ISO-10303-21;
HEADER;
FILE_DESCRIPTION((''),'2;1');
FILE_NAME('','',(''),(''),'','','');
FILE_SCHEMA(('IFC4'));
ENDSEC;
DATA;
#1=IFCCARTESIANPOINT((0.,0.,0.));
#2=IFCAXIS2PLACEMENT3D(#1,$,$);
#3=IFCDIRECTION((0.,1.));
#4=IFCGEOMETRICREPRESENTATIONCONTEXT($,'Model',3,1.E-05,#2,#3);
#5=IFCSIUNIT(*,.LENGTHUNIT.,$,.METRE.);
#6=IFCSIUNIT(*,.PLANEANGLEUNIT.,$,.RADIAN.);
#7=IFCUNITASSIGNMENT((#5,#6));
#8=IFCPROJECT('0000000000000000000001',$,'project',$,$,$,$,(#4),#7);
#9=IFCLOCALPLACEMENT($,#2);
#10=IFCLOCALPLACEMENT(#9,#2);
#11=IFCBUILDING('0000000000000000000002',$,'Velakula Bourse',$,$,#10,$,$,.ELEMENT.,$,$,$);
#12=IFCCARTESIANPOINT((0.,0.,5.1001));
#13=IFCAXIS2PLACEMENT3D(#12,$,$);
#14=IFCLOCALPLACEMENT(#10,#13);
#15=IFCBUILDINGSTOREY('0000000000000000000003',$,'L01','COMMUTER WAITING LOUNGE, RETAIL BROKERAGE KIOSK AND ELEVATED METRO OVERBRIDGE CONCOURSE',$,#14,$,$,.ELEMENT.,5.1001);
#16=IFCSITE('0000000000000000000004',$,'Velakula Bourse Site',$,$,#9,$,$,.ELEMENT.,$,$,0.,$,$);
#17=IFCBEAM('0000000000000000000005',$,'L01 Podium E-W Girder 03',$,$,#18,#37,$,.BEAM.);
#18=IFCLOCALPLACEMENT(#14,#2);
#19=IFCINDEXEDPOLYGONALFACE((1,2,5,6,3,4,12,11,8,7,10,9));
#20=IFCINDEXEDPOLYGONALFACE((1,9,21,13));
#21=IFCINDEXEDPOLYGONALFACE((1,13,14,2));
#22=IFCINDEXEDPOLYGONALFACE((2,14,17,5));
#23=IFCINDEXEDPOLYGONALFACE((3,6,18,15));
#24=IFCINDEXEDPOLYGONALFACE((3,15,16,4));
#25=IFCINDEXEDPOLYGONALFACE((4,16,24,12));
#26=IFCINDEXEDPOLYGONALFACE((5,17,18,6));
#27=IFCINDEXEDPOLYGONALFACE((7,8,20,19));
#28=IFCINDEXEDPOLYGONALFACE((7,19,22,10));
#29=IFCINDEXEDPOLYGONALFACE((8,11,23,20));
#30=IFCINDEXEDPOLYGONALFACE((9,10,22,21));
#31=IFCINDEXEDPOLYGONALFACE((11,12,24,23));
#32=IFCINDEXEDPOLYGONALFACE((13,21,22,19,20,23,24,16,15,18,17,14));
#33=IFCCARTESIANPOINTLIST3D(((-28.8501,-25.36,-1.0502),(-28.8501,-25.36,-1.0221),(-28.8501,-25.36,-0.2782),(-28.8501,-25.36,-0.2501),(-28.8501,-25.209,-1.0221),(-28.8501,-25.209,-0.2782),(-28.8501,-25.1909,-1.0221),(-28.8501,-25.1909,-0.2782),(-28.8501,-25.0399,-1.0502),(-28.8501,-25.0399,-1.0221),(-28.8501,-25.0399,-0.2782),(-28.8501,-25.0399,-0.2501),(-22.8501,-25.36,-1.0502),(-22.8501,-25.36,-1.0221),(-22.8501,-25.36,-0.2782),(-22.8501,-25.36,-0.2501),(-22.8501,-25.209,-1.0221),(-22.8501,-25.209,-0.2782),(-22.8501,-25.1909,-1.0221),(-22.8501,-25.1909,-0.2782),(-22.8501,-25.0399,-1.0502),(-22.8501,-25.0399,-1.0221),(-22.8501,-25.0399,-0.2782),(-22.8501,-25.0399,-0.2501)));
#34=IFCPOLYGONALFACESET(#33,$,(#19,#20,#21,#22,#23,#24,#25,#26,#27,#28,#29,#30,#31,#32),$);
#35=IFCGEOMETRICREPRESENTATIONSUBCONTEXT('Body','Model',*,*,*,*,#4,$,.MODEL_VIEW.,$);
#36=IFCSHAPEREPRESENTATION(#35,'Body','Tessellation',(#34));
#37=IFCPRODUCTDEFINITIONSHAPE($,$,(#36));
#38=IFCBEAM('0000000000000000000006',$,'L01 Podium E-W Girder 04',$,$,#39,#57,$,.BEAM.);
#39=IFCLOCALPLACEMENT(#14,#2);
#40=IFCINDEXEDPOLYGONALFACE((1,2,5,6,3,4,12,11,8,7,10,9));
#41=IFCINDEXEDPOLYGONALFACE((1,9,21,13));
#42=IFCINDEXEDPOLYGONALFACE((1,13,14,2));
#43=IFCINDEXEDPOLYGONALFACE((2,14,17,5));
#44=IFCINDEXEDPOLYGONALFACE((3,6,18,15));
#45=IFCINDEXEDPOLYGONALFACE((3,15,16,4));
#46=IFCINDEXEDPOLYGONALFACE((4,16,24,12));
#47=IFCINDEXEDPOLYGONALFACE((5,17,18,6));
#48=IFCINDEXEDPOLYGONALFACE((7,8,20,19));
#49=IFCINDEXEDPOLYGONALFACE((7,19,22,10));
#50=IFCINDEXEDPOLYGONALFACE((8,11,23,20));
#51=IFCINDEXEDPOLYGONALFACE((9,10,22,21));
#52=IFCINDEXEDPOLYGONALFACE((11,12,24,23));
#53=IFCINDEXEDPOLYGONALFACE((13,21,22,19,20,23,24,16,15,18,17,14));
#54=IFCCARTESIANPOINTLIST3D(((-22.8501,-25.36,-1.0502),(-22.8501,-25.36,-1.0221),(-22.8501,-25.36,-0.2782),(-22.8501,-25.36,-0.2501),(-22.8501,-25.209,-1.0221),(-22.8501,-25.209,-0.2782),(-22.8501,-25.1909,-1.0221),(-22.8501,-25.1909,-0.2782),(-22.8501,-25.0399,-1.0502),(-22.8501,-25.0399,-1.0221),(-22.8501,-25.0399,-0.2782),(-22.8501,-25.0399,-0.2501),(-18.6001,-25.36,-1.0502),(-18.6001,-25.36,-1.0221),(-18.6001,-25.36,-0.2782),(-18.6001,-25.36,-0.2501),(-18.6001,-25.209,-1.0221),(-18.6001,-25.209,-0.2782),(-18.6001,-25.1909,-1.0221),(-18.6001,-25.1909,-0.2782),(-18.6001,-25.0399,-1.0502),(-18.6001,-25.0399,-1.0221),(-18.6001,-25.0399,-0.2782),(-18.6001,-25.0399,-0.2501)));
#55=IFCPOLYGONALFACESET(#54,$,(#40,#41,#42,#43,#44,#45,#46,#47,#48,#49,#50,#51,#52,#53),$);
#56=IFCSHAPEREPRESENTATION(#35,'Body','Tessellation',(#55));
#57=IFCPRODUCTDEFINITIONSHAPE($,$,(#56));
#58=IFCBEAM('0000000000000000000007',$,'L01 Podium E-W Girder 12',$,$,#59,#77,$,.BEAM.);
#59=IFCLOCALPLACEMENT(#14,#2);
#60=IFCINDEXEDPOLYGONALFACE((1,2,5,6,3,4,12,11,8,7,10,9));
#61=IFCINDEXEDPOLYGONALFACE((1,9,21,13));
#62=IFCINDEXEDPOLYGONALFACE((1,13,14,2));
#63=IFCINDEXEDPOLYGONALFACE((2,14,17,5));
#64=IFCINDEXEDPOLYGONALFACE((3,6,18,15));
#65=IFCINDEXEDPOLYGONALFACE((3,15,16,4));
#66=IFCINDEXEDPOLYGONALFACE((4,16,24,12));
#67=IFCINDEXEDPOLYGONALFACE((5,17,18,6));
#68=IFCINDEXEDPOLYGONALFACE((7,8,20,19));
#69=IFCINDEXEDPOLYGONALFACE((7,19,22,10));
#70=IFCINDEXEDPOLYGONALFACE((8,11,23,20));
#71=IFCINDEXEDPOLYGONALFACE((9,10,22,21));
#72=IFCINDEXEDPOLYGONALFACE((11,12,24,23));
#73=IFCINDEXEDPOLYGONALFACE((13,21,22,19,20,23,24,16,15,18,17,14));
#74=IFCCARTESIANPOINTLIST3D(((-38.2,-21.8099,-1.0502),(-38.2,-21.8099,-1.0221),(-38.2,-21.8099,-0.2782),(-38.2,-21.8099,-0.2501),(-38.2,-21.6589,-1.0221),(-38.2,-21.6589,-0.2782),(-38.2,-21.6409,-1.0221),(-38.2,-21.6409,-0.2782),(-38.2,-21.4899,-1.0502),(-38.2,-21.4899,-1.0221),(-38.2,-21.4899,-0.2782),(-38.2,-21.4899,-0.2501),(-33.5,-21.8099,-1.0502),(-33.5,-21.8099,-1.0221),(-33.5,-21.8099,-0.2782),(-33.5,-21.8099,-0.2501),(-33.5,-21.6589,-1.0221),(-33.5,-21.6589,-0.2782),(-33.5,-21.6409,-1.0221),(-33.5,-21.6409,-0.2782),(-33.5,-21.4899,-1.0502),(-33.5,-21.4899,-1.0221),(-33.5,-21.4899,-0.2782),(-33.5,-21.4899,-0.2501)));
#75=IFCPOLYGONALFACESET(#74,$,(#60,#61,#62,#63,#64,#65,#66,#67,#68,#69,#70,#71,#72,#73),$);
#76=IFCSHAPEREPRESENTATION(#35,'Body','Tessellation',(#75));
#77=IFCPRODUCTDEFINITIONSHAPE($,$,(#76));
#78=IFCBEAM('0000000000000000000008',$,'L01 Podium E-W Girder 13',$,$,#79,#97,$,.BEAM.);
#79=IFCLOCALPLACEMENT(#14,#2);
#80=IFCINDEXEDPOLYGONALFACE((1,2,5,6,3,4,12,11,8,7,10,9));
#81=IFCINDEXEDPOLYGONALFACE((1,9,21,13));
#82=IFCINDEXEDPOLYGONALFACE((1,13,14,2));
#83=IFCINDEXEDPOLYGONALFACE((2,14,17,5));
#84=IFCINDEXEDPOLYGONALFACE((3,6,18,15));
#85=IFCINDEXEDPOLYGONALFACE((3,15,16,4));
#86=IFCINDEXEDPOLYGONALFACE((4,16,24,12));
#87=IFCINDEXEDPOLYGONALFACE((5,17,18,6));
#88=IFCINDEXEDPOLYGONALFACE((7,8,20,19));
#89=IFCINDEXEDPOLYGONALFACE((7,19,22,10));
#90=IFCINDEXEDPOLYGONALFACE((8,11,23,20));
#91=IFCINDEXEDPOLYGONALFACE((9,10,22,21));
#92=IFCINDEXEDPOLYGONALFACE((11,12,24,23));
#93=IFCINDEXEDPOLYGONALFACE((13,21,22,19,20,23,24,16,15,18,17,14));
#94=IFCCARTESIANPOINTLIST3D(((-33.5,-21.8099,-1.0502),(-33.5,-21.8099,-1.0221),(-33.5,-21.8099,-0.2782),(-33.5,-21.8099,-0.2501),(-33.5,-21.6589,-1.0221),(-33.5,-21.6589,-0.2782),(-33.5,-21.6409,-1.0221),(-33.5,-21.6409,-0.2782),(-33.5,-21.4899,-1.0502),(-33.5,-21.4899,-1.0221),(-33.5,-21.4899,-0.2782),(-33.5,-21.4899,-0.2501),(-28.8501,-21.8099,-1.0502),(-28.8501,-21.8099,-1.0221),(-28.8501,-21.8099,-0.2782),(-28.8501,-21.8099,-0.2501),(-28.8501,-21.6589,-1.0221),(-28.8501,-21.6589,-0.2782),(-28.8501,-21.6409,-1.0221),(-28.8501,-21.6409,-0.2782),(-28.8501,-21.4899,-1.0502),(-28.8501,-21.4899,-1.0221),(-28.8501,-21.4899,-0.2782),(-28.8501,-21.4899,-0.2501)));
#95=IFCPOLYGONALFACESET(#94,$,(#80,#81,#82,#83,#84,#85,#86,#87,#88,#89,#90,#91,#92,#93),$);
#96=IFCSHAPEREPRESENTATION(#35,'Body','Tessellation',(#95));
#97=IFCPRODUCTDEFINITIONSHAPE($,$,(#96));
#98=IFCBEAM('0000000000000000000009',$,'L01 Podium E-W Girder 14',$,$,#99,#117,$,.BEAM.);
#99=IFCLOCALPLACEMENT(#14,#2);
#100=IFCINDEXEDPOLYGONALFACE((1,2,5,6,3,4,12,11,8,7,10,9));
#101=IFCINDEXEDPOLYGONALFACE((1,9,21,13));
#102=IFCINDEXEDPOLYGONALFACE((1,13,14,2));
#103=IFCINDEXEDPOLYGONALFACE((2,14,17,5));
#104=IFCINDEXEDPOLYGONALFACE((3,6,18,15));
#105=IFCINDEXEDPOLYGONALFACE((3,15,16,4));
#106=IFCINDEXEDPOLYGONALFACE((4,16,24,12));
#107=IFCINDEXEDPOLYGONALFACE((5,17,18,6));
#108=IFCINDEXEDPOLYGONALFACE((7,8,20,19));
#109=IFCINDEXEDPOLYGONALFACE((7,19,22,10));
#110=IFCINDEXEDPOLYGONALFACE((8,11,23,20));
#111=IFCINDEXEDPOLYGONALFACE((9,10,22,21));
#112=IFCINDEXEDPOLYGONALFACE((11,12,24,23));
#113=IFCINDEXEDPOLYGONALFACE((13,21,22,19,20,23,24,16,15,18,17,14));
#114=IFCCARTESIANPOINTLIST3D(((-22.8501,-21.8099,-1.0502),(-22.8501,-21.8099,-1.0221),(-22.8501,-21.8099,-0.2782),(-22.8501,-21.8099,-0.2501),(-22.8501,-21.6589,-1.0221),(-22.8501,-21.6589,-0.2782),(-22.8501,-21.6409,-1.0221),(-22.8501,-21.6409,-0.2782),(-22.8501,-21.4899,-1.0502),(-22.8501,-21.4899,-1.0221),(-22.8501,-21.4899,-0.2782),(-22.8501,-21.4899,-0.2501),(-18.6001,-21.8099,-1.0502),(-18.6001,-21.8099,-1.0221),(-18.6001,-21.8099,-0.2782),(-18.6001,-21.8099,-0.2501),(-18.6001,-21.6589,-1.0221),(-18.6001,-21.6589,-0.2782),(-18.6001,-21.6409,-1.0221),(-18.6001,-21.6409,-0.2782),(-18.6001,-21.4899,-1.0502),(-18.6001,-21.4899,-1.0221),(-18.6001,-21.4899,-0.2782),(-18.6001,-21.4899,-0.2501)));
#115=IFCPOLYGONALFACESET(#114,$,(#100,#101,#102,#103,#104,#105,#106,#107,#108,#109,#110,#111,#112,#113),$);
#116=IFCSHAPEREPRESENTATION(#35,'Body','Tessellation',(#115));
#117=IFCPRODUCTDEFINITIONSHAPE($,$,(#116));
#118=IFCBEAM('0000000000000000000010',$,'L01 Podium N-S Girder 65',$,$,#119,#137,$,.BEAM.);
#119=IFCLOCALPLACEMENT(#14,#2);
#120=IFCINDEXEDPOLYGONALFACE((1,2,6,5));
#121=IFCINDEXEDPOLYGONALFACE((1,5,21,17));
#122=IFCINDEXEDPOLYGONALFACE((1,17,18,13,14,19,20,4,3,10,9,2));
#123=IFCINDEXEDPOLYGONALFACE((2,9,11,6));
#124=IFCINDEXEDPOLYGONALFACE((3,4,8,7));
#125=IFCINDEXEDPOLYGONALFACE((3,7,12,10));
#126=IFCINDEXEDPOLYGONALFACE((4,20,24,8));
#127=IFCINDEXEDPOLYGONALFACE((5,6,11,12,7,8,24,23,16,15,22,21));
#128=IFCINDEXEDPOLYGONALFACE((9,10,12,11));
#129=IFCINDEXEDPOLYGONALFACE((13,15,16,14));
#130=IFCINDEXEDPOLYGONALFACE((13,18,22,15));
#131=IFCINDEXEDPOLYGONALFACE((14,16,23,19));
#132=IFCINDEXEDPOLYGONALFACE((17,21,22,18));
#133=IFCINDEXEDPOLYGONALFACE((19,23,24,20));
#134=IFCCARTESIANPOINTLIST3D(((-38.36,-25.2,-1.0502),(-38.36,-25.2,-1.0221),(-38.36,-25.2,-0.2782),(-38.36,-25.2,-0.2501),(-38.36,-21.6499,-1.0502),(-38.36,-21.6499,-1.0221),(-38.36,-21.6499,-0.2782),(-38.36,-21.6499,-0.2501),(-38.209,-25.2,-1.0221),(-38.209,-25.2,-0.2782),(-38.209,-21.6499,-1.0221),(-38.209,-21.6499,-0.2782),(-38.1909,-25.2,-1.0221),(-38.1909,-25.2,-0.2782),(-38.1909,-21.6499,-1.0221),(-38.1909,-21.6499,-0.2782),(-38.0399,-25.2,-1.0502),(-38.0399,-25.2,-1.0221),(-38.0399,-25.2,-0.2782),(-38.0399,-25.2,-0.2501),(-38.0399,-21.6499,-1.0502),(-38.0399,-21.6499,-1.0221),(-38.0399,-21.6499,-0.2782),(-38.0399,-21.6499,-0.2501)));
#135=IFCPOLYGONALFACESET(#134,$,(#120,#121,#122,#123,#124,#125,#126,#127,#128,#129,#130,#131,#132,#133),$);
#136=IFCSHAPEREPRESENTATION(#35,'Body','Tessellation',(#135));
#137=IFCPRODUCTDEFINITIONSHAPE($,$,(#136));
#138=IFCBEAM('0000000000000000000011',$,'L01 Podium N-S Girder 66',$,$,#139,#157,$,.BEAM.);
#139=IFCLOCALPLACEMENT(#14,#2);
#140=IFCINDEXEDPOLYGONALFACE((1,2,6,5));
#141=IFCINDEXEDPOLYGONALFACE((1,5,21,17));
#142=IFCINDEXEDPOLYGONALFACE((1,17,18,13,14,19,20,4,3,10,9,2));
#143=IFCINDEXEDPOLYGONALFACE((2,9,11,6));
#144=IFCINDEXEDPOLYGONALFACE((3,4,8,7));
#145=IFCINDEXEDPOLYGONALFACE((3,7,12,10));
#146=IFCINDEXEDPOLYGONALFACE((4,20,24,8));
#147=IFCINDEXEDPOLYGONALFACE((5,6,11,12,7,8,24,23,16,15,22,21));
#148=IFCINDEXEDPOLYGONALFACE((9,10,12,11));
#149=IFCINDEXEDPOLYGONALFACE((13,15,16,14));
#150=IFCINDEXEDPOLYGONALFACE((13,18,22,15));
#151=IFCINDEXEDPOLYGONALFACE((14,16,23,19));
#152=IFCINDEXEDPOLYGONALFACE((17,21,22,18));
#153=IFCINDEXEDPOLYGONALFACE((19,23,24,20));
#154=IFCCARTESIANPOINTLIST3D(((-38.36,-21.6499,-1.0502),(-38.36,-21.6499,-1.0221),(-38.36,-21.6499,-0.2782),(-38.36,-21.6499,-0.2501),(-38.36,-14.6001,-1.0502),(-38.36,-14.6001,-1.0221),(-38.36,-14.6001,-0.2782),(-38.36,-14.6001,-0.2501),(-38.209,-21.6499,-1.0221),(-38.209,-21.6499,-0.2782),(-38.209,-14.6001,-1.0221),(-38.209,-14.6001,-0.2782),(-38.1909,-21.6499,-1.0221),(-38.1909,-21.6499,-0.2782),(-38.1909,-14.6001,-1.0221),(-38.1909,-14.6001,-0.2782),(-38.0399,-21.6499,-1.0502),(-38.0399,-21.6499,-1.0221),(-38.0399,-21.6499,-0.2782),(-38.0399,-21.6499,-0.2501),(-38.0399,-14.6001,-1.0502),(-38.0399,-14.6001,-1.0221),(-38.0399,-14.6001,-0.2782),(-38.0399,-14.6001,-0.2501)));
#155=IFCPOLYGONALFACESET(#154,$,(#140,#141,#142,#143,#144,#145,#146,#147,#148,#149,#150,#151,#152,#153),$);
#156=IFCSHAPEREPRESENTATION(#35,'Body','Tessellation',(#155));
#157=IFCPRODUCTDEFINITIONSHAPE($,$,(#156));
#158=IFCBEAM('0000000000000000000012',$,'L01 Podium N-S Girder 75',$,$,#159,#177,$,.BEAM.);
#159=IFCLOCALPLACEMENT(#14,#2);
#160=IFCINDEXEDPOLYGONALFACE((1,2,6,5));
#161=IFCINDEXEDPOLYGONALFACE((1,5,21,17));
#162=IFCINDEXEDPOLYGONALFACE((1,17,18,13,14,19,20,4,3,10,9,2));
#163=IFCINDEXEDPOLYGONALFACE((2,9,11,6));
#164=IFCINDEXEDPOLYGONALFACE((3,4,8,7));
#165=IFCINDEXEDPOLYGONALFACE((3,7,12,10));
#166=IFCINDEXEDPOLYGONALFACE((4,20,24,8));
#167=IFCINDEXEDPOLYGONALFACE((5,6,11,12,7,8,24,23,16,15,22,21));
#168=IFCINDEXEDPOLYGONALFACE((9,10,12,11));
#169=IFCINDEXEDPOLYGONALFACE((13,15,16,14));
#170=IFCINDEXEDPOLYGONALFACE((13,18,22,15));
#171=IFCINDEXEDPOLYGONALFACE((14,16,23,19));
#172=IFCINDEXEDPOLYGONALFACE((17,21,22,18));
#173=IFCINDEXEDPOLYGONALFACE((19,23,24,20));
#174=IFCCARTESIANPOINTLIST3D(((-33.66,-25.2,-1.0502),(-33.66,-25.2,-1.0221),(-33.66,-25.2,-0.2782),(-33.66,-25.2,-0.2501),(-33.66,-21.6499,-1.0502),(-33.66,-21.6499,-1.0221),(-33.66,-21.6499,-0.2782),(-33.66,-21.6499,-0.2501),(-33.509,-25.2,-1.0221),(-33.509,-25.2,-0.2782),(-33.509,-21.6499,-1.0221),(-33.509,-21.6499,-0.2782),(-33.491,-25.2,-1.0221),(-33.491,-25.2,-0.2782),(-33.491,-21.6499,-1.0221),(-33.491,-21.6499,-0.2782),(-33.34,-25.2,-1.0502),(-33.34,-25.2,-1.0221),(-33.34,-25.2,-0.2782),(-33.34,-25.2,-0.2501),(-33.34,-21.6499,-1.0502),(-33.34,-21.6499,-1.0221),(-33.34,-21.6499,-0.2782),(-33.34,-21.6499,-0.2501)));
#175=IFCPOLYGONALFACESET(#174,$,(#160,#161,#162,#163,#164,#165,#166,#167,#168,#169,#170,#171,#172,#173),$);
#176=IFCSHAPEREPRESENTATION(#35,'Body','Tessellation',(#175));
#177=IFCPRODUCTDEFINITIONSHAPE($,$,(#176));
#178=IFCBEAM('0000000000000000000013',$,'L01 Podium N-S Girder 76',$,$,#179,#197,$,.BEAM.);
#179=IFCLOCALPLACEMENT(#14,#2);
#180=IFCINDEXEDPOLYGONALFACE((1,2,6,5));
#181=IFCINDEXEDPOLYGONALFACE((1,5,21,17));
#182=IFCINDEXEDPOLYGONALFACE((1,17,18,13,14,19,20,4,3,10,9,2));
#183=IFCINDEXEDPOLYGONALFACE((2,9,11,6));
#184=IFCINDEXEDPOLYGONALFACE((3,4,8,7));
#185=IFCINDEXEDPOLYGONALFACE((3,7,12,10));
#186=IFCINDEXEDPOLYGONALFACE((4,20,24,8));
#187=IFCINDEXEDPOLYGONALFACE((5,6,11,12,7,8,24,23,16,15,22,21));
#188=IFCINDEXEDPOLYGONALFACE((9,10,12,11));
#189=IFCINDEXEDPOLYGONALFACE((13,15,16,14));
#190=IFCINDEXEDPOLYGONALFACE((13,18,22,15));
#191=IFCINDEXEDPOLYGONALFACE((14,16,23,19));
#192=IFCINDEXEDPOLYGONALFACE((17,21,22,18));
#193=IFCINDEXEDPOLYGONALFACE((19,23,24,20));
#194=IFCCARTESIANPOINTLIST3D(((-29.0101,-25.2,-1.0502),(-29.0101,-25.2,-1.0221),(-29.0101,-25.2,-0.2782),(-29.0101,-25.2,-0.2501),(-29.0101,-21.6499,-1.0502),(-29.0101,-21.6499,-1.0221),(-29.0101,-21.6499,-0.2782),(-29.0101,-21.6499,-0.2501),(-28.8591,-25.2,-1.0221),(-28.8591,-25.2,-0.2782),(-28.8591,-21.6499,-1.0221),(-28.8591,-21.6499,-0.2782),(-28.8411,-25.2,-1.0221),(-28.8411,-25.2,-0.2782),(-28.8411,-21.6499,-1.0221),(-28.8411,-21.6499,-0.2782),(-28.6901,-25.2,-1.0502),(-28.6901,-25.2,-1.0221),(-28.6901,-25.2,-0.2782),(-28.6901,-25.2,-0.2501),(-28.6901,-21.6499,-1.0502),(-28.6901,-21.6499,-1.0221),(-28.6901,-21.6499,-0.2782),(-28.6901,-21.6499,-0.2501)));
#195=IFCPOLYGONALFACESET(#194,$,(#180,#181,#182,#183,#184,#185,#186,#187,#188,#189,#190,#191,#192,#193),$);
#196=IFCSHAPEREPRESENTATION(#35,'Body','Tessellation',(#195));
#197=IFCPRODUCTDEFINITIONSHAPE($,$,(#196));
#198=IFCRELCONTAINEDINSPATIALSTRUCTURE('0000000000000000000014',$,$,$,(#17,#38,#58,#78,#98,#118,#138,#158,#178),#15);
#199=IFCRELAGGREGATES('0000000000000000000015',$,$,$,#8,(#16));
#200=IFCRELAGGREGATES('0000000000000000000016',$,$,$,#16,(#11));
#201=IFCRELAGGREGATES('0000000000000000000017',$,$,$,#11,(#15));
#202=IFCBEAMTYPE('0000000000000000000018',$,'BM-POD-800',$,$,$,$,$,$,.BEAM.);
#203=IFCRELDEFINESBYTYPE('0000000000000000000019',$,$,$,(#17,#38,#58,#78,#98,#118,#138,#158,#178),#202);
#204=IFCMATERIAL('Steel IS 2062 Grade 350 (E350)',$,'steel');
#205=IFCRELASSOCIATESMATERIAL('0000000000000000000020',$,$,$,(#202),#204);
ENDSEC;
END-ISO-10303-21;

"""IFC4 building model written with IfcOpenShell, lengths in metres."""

from ifc_helpers import new_model, si_unit, direction, frame, origin, origin_2d, place, context, subcontext, project, spatial, i_section, extrude, material, material_profile, profile_set, type_object, element, save


model = new_model("IFC4")

# Units and contexts
model_context = context("Model", 3, precision=1e-05, world=origin(), true_north=direction((0.0, 1.0)))
body_context = subcontext(model_context, "Body", "Model", "MODEL_VIEW")
ifc_project = project(units=[si_unit("LENGTHUNIT", "METRE"), si_unit("PLANEANGLEUNIT", "RADIAN")], contexts=[model_context])

# Site, building, storey
site_placement = place(None, origin())
site = spatial("IfcSite", under=ifc_project, at=site_placement, Name="Velakula Bourse Site", CompositionType="ELEMENT", RefElevation=0.0)
building_placement = place(site_placement, origin())
building = spatial("IfcBuilding", under=site, at=building_placement, Name="Velakula Bourse", CompositionType="ELEMENT")
storey_placement = place(building_placement, frame((0.0, 0.0, 5.1001)))
storey = spatial("IfcBuildingStorey", under=building, at=storey_placement, Name="L01", Description="COMMUTER WAITING LOUNGE, RETAIL BROKERAGE KIOSK AND ELEVATED METRO OVERBRIDGE CONCOURSE", CompositionType="ELEMENT", Elevation=5.1001)

# Beams
ifc_material_1 = material(Name="Steel IS 2062 Grade 350 (E350)", Category="steel")
ifc_material_profile_1 = material_profile(ifc_material_1, i_section(OverallWidth=0.3201, OverallDepth=0.8, WebThickness=0.0181, FlangeThickness=0.0281, at=origin_2d()), Name="Steel IS 2062 Grade 350 (E350)")
ifc_profile_set_1 = profile_set([ifc_material_profile_1], Name="Steel IS 2062 Grade 350 (E350)")
beam_type_1 = type_object("IfcBeamType", Name="BM-POD-800", PredefinedType="BEAM", material=ifc_profile_set_1)
beam_1_placement = place(storey_placement, frame((-28.8501, -25.2, -0.6501), z_axis=(1.0, 0.0, 0.0), x_axis=(0.0, 1.0, 0.0)))
element("IfcBeam", 1, at=beam_1_placement, inside=storey, type_object=beam_type_1, Name="L01 Podium E-W Girder 03", PredefinedType="BEAM", context=body_context, shape_type="SweptSolid", body=[
    extrude(i_section(OverallWidth=0.3201, OverallDepth=0.8, WebThickness=0.0181, FlangeThickness=0.0281, at=origin_2d()), origin(), (0.0, 0.0, 1.0), 6.0),
])
beam_2_placement = place(storey_placement, frame((-22.8501, -25.2, -0.6501), z_axis=(1.0, 0.0, 0.0), x_axis=(0.0, 1.0, 0.0)))
element("IfcBeam", 2, at=beam_2_placement, inside=storey, type_object=beam_type_1, Name="L01 Podium E-W Girder 04", PredefinedType="BEAM", context=body_context, shape_type="SweptSolid", body=[
    extrude(i_section(OverallWidth=0.3201, OverallDepth=0.8, WebThickness=0.0181, FlangeThickness=0.0281, at=origin_2d()), origin(), (0.0, 0.0, 1.0), 4.25),
])
beam_3_placement = place(storey_placement, frame((-38.2, -21.6499, -0.6501), z_axis=(1.0, 0.0, 0.0), x_axis=(0.0, 1.0, 0.0)))
element("IfcBeam", 3, at=beam_3_placement, inside=storey, type_object=beam_type_1, Name="L01 Podium E-W Girder 12", PredefinedType="BEAM", context=body_context, shape_type="SweptSolid", body=[
    extrude(i_section(OverallWidth=0.3201, OverallDepth=0.8, WebThickness=0.0181, FlangeThickness=0.0281, at=origin_2d()), origin(), (0.0, 0.0, 1.0), 4.7),
])
beam_4_placement = place(storey_placement, frame((-33.5, -21.6499, -0.6501), z_axis=(1.0, 0.0, 0.0), x_axis=(0.0, 1.0, 0.0)))
element("IfcBeam", 4, at=beam_4_placement, inside=storey, type_object=beam_type_1, Name="L01 Podium E-W Girder 13", PredefinedType="BEAM", context=body_context, shape_type="SweptSolid", body=[
    extrude(i_section(OverallWidth=0.3201, OverallDepth=0.8, WebThickness=0.0181, FlangeThickness=0.0281, at=origin_2d()), origin(), (0.0, 0.0, 1.0), 4.6499),
])
beam_5_placement = place(storey_placement, frame((-22.8501, -21.6499, -0.6501), z_axis=(1.0, 0.0, 0.0), x_axis=(0.0, 1.0, 0.0)))
element("IfcBeam", 5, at=beam_5_placement, inside=storey, type_object=beam_type_1, Name="L01 Podium E-W Girder 14", PredefinedType="BEAM", context=body_context, shape_type="SweptSolid", body=[
    extrude(i_section(OverallWidth=0.3201, OverallDepth=0.8, WebThickness=0.0181, FlangeThickness=0.0281, at=origin_2d()), origin(), (0.0, 0.0, 1.0), 4.25),
])
beam_6_placement = place(storey_placement, frame((-38.2, -25.2, -0.6501), z_axis=(0.0, 1.0, 0.0), x_axis=(-1.0, 0.0, 0.0)))
element("IfcBeam", 6, at=beam_6_placement, inside=storey, type_object=beam_type_1, Name="L01 Podium N-S Girder 65", PredefinedType="BEAM", context=body_context, shape_type="SweptSolid", body=[
    extrude(i_section(OverallWidth=0.3201, OverallDepth=0.8, WebThickness=0.0181, FlangeThickness=0.0281, at=origin_2d()), origin(), (0.0, 0.0, 1.0), 3.55),
])
beam_7_placement = place(storey_placement, frame((-38.2, -21.6499, -0.6501), z_axis=(0.0, 1.0, 0.0), x_axis=(-1.0, 0.0, 0.0)))
element("IfcBeam", 7, at=beam_7_placement, inside=storey, type_object=beam_type_1, Name="L01 Podium N-S Girder 66", PredefinedType="BEAM", context=body_context, shape_type="SweptSolid", body=[
    extrude(i_section(OverallWidth=0.3201, OverallDepth=0.8, WebThickness=0.0181, FlangeThickness=0.0281, at=origin_2d()), origin(), (0.0, 0.0, 1.0), 7.0498),
])
for number, where, z_axis, x_axis, name in (
    (8, (-33.5, -25.2, -0.6501), (0.0, 1.0, 0.0), (-1.0, 0.0, 0.0), "L01 Podium N-S Girder 75"),
    (9, (-28.8501, -25.2, -0.6501), (0.0, 1.0, 0.0), (-1.0, 0.0, 0.0), "L01 Podium N-S Girder 76"),
):
    element("IfcBeam", number, at=place(storey_placement, frame(where, z_axis=z_axis, x_axis=x_axis)), inside=storey, type_object=beam_type_1, Name=name, PredefinedType="BEAM", context=body_context, shape_type="SweptSolid", body=[
        extrude(i_section(OverallWidth=0.3201, OverallDepth=0.8, WebThickness=0.0181, FlangeThickness=0.0281, at=origin_2d()), origin(), (0.0, 0.0, 1.0), 3.55),
    ])

save(model, "model.ifc")
